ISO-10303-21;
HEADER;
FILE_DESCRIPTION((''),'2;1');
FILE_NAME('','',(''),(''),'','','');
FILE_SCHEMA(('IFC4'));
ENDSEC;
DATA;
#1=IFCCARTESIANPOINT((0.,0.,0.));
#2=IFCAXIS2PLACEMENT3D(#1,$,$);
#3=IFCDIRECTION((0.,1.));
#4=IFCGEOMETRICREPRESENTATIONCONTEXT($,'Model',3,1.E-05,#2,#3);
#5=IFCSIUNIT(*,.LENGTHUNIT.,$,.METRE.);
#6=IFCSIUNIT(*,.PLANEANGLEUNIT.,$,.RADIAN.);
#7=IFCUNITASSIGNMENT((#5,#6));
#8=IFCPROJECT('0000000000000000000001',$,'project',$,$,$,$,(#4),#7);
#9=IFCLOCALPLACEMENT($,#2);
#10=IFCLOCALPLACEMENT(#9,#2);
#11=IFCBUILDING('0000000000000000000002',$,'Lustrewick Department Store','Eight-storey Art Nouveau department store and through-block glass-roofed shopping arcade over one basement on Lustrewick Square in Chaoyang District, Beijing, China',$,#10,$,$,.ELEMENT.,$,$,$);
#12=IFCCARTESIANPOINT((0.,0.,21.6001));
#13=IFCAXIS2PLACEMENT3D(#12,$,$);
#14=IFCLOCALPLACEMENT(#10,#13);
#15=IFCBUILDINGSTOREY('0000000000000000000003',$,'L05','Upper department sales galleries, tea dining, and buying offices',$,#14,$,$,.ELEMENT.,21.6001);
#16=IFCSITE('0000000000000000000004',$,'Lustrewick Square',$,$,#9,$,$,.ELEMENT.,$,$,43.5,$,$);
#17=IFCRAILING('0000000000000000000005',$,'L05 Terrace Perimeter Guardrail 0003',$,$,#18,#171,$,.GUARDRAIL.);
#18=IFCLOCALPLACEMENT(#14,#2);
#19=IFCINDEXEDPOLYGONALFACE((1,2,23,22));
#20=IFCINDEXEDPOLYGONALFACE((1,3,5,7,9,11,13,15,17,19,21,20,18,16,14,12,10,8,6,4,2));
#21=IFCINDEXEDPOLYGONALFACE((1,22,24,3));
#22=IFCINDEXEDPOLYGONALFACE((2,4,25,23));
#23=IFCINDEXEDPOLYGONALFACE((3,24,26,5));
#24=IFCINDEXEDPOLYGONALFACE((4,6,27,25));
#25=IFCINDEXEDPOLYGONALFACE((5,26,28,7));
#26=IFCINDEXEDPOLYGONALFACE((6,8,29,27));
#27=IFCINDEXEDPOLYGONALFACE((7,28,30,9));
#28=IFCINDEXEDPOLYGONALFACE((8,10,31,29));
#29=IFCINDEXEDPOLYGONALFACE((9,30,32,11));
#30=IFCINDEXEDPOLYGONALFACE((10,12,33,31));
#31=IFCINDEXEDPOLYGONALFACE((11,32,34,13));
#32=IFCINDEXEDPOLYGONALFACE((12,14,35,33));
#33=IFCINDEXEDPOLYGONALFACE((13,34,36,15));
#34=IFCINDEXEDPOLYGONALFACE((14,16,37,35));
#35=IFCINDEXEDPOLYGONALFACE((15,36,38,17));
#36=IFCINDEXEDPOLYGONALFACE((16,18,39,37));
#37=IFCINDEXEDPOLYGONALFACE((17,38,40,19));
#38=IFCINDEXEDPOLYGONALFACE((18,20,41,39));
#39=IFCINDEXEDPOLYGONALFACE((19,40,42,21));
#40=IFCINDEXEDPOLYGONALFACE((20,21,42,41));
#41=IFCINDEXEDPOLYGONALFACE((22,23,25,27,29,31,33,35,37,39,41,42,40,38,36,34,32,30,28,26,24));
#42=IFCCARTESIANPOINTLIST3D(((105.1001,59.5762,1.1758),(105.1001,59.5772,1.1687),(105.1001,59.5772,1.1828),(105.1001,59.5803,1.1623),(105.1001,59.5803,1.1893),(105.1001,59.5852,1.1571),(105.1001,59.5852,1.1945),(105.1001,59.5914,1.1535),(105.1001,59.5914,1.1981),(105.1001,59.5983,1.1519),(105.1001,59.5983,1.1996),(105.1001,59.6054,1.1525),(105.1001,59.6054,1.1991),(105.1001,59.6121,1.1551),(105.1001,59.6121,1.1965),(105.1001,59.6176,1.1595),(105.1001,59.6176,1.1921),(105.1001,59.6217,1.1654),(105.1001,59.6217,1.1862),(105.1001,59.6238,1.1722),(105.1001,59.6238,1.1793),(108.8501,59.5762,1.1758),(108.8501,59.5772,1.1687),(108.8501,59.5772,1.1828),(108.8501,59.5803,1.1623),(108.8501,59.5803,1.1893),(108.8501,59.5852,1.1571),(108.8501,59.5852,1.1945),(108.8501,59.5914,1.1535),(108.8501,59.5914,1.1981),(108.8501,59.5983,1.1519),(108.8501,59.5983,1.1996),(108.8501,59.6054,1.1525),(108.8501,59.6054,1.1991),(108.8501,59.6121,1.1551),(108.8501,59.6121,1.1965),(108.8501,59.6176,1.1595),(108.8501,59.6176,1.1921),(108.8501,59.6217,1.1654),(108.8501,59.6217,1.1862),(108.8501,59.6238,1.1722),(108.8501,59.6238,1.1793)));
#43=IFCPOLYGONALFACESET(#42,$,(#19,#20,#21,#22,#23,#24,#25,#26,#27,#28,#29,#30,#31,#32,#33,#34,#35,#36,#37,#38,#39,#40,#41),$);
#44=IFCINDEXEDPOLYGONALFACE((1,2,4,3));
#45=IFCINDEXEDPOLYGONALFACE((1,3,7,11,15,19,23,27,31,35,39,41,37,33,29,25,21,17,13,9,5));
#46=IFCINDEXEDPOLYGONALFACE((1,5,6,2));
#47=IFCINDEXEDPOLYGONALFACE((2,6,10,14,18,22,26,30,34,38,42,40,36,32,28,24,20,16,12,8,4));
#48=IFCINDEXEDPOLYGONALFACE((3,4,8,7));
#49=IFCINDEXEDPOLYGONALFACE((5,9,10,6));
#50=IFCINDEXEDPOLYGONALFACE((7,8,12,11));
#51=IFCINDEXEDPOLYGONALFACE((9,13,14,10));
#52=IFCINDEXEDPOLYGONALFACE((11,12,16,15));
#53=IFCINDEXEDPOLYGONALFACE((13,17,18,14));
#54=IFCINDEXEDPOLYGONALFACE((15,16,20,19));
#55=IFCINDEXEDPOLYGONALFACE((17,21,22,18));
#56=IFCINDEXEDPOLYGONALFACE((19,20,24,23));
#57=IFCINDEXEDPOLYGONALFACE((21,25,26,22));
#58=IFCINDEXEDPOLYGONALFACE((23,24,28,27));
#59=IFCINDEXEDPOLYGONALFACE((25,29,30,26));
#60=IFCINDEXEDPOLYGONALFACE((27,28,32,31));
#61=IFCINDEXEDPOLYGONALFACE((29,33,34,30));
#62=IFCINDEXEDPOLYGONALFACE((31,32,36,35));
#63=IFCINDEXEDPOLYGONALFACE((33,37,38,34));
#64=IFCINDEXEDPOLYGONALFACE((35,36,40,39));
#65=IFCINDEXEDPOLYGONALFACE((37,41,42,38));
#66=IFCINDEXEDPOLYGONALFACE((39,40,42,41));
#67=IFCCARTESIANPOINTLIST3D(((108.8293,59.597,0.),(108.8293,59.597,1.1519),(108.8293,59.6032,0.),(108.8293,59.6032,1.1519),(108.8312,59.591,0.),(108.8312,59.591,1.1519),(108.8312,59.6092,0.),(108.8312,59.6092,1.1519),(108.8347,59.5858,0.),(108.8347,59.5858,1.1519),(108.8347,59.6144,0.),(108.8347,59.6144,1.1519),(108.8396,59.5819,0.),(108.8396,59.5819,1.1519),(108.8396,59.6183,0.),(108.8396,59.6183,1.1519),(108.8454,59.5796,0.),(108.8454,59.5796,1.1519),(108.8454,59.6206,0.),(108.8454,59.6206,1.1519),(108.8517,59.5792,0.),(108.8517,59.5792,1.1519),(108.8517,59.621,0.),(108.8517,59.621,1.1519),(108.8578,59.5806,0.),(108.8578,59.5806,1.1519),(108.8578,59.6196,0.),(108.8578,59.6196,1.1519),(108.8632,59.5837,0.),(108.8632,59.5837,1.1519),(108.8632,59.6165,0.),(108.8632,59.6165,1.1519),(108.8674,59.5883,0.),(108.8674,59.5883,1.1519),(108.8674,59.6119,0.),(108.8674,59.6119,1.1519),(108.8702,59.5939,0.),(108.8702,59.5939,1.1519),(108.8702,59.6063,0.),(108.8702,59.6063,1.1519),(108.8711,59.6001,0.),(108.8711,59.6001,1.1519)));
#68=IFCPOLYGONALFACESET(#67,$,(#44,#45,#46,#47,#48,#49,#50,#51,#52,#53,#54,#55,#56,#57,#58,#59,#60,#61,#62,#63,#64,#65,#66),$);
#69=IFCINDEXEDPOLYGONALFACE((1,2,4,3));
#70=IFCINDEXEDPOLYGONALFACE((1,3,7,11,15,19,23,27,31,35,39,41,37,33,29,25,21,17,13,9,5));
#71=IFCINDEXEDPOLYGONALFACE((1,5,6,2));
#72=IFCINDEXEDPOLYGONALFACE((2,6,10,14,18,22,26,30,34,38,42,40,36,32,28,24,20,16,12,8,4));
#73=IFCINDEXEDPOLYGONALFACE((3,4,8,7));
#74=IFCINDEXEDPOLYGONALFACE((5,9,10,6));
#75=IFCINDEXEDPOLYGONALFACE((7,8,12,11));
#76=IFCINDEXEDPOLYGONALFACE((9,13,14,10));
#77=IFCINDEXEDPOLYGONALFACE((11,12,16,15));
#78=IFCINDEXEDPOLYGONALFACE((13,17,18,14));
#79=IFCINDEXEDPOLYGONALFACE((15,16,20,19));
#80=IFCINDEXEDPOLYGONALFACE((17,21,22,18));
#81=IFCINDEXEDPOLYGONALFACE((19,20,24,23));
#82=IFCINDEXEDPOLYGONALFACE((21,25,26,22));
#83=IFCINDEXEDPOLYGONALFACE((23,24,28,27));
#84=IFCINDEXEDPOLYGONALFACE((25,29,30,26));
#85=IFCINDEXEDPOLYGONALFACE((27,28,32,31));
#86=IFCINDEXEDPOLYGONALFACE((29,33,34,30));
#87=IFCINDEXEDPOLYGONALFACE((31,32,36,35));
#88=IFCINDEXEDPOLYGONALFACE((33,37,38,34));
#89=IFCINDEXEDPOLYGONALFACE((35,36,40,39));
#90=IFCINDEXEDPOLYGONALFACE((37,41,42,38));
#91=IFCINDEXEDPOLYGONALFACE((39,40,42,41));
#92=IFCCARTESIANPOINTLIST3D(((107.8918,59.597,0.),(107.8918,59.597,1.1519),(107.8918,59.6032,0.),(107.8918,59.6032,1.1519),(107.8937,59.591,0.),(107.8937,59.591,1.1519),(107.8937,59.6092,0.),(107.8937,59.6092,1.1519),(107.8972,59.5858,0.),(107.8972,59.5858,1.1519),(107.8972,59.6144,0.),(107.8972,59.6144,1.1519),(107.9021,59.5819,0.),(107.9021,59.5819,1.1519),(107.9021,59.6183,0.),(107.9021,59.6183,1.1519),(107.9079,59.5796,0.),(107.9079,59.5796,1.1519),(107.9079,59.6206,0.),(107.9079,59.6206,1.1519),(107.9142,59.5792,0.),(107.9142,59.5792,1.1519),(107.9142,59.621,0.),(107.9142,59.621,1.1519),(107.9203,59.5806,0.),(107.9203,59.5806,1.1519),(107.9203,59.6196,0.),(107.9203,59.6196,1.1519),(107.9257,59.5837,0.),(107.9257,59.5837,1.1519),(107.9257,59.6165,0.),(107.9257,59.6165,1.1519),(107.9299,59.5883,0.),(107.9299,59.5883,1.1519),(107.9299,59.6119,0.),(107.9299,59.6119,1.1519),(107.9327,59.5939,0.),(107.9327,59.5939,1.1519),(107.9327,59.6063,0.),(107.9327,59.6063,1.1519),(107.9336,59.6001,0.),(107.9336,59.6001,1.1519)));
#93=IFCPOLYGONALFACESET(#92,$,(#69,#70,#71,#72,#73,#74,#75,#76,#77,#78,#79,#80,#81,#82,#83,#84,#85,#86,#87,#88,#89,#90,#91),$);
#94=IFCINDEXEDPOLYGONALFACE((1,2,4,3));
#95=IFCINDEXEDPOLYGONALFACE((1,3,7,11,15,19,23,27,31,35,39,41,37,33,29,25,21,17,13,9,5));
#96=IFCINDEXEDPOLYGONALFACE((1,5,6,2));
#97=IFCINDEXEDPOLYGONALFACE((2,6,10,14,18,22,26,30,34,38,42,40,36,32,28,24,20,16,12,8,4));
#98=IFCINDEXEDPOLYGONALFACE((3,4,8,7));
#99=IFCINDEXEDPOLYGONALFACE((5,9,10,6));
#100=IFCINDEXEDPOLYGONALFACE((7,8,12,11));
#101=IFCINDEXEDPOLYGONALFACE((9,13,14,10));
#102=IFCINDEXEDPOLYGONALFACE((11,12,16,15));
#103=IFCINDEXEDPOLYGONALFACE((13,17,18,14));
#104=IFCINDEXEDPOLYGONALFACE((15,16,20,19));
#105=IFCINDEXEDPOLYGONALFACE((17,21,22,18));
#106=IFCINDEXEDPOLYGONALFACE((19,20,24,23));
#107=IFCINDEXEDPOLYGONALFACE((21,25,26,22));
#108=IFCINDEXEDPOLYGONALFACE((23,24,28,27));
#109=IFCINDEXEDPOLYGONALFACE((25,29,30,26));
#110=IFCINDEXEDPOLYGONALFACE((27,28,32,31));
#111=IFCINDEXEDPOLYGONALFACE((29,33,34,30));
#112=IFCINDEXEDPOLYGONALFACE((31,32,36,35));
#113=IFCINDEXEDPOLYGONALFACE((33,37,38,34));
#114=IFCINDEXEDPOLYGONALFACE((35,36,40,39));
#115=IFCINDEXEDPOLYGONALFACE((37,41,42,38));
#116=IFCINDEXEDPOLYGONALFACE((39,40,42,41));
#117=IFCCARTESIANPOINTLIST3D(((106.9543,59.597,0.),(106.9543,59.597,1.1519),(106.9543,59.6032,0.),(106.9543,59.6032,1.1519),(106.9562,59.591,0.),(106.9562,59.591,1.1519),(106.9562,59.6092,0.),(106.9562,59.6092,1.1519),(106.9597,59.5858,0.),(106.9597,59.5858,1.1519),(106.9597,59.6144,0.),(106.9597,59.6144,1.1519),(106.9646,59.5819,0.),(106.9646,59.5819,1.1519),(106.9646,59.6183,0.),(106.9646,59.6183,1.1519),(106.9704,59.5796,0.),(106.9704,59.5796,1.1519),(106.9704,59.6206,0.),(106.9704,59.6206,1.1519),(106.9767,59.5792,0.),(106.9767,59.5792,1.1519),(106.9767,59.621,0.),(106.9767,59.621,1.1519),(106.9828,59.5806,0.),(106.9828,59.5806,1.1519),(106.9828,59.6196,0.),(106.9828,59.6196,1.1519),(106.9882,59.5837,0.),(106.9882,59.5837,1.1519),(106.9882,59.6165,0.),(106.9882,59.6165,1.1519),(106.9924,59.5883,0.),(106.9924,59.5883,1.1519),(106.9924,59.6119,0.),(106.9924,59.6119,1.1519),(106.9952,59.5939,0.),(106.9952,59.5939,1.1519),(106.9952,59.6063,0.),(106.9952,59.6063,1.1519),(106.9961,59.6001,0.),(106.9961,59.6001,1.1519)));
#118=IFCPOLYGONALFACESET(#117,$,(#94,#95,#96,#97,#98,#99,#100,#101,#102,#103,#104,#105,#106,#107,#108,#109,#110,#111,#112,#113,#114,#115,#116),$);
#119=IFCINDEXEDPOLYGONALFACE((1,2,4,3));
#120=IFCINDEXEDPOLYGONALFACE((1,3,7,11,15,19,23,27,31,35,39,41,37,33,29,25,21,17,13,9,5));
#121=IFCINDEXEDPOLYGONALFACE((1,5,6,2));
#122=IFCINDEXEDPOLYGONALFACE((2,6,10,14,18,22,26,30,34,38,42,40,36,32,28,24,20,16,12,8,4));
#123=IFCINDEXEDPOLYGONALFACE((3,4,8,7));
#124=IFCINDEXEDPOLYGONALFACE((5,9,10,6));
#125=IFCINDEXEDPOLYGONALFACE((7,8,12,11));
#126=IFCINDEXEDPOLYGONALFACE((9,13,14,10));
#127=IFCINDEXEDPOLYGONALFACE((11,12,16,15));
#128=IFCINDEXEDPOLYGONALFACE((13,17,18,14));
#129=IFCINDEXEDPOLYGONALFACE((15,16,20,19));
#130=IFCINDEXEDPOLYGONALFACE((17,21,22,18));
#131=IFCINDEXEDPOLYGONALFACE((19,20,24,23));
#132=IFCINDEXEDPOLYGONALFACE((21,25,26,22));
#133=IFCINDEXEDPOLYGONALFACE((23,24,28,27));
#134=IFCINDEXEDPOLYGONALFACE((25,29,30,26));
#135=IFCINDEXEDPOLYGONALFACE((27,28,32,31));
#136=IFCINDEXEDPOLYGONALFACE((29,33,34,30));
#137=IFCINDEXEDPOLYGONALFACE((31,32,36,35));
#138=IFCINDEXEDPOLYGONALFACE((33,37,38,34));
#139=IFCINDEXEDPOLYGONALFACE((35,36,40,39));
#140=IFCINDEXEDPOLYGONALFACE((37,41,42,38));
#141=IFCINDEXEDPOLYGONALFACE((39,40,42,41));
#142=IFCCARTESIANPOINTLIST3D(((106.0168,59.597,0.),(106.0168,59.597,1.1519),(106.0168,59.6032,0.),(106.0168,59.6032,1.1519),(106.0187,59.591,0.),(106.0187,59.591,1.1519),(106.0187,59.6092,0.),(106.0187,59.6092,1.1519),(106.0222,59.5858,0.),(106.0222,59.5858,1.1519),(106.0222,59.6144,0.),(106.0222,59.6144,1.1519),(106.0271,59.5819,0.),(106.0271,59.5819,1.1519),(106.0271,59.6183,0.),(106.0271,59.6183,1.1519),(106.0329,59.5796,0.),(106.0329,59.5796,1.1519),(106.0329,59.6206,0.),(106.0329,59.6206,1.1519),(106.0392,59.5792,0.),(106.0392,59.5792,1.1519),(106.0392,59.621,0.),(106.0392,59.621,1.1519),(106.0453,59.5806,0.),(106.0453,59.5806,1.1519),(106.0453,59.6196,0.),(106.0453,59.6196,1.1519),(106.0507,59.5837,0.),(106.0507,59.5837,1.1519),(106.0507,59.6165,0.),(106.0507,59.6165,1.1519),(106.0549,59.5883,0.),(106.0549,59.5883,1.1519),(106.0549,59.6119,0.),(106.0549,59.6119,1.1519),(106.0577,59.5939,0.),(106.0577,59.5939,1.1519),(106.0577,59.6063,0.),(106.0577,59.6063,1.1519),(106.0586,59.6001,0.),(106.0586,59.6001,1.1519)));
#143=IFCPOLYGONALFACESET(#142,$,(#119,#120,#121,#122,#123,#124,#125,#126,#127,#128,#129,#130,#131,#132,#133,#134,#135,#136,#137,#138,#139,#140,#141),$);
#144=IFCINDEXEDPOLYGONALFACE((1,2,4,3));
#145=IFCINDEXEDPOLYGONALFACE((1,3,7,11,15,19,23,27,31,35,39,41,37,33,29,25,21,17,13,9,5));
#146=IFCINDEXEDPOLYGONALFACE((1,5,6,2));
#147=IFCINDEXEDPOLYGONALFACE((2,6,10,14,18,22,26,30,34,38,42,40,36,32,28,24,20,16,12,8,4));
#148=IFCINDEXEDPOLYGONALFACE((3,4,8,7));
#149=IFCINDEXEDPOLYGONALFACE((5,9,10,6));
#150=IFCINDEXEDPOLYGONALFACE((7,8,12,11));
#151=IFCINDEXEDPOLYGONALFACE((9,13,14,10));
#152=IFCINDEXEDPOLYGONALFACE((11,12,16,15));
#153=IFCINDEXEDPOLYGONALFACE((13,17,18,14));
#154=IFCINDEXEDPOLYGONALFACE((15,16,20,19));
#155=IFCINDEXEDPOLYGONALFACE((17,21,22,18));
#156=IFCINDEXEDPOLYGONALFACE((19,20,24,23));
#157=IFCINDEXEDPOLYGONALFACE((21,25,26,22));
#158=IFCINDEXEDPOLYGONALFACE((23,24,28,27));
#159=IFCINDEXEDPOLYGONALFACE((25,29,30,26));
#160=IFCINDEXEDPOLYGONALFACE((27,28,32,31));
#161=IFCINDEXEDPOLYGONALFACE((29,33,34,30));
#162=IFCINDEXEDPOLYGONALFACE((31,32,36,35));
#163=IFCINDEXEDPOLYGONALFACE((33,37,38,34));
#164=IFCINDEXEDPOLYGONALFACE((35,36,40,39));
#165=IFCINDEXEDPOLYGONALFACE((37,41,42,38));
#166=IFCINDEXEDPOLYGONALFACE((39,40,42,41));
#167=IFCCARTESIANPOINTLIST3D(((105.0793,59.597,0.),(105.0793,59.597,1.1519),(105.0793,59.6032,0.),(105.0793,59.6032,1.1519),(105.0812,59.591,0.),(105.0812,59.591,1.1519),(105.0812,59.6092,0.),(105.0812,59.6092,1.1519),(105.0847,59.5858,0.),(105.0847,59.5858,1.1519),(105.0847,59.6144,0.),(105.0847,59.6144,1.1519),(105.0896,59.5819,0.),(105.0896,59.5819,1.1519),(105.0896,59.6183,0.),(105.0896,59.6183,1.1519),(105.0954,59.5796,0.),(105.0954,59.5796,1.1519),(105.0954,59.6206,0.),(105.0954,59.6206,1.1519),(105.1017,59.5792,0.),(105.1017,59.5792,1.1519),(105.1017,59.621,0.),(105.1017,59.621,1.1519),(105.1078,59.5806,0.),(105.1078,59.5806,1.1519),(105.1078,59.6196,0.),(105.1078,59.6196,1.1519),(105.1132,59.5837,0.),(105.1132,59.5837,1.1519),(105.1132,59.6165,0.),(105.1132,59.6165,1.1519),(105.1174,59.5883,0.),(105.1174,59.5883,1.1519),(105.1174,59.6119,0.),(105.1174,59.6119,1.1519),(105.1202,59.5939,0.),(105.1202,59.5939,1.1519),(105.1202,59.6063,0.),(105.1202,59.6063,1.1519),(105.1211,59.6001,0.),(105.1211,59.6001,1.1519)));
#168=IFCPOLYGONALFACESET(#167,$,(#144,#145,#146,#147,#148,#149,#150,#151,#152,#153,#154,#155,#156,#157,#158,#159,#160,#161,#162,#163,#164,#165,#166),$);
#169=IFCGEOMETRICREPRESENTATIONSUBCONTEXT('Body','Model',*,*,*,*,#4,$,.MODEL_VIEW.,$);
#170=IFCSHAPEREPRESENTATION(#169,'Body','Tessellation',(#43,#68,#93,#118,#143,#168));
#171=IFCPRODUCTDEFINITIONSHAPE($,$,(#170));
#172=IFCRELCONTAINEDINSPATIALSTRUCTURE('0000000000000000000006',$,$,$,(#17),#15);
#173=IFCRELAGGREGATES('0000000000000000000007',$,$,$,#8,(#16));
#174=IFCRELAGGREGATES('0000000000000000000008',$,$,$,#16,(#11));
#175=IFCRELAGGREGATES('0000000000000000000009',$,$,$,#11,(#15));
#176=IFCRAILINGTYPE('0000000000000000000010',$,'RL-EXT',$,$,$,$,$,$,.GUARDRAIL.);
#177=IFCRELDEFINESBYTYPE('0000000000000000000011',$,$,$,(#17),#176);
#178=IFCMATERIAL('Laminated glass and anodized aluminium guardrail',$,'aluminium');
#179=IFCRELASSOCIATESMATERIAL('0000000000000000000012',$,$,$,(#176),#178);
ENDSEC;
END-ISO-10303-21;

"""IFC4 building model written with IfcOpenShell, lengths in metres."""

from ifc_helpers import new_model, si_unit, direction, frame, origin, origin_2d, place, context, subcontext, project, spatial, circle, extrude, material, type_object, element, save


model = new_model("IFC4")

# Units and contexts
model_context = context("Model", 3, precision=1e-05, world=origin(), true_north=direction((0.0, 1.0)))
body_context = subcontext(model_context, "Body", "Model", "MODEL_VIEW")
ifc_project = project(units=[si_unit("LENGTHUNIT", "METRE"), si_unit("PLANEANGLEUNIT", "RADIAN")], contexts=[model_context])

# Site, building, storey
site_placement = place(None, origin())
site = spatial("IfcSite", under=ifc_project, at=site_placement, Name="Lustrewick Square", CompositionType="ELEMENT", RefElevation=43.5)
building_placement = place(site_placement, origin())
building = spatial("IfcBuilding", under=site, at=building_placement, Name="Lustrewick Department Store", Description="Eight-storey Art Nouveau department store and through-block glass-roofed shopping arcade over one basement on Lustrewick Square in Chaoyang District, Beijing, China", CompositionType="ELEMENT")
storey_placement = place(building_placement, frame((0.0, 0.0, 21.6001)))
storey = spatial("IfcBuildingStorey", under=building, at=storey_placement, Name="L05", Description="Upper department sales galleries, tea dining, and buying offices", CompositionType="ELEMENT", Elevation=21.6001)

# Railing
ifc_material_1 = material(Name="Laminated glass and anodized aluminium guardrail", Category="aluminium")
railing_type_1 = type_object("IfcRailingType", Name="RL-EXT", PredefinedType="GUARDRAIL", material=ifc_material_1)
railing_1_placement = place(storey_placement, frame((108.8501, 59.6001, 0.0)))
element("IfcRailing", 1, at=railing_1_placement, inside=storey, type_object=railing_type_1, Name="L05 Terrace Perimeter Guardrail 0003", PredefinedType="GUARDRAIL", context=body_context, shape_type="SweptSolid", body=[
    extrude(circle(Radius=0.0239, at=origin_2d()), frame((0.0, 0.0, 1.1758), z_axis=(-1.0, 0.0, 0.0), x_axis=(0.0, -1.0, 0.0)), (0.0, 0.0, 1.0), 3.75),
    extrude(circle(Radius=0.021, at=origin_2d()), origin(), (0.0, 0.0, 1.0), 1.1519),
    extrude(circle(Radius=0.021, at=origin_2d()), frame((-0.9375, 0.0, 0.0)), (0.0, 0.0, 1.0), 1.1519),
    extrude(circle(Radius=0.021, at=origin_2d()), frame((-1.875, 0.0, 0.0)), (0.0, 0.0, 1.0), 1.1519),
    extrude(circle(Radius=0.021, at=origin_2d()), frame((-2.8125, 0.0, 0.0)), (0.0, 0.0, 1.0), 1.1519),
    extrude(circle(Radius=0.021, at=origin_2d()), frame((-3.75, 0.0, 0.0)), (0.0, 0.0, 1.0), 1.1519),
])

save(model, "model.ifc")
